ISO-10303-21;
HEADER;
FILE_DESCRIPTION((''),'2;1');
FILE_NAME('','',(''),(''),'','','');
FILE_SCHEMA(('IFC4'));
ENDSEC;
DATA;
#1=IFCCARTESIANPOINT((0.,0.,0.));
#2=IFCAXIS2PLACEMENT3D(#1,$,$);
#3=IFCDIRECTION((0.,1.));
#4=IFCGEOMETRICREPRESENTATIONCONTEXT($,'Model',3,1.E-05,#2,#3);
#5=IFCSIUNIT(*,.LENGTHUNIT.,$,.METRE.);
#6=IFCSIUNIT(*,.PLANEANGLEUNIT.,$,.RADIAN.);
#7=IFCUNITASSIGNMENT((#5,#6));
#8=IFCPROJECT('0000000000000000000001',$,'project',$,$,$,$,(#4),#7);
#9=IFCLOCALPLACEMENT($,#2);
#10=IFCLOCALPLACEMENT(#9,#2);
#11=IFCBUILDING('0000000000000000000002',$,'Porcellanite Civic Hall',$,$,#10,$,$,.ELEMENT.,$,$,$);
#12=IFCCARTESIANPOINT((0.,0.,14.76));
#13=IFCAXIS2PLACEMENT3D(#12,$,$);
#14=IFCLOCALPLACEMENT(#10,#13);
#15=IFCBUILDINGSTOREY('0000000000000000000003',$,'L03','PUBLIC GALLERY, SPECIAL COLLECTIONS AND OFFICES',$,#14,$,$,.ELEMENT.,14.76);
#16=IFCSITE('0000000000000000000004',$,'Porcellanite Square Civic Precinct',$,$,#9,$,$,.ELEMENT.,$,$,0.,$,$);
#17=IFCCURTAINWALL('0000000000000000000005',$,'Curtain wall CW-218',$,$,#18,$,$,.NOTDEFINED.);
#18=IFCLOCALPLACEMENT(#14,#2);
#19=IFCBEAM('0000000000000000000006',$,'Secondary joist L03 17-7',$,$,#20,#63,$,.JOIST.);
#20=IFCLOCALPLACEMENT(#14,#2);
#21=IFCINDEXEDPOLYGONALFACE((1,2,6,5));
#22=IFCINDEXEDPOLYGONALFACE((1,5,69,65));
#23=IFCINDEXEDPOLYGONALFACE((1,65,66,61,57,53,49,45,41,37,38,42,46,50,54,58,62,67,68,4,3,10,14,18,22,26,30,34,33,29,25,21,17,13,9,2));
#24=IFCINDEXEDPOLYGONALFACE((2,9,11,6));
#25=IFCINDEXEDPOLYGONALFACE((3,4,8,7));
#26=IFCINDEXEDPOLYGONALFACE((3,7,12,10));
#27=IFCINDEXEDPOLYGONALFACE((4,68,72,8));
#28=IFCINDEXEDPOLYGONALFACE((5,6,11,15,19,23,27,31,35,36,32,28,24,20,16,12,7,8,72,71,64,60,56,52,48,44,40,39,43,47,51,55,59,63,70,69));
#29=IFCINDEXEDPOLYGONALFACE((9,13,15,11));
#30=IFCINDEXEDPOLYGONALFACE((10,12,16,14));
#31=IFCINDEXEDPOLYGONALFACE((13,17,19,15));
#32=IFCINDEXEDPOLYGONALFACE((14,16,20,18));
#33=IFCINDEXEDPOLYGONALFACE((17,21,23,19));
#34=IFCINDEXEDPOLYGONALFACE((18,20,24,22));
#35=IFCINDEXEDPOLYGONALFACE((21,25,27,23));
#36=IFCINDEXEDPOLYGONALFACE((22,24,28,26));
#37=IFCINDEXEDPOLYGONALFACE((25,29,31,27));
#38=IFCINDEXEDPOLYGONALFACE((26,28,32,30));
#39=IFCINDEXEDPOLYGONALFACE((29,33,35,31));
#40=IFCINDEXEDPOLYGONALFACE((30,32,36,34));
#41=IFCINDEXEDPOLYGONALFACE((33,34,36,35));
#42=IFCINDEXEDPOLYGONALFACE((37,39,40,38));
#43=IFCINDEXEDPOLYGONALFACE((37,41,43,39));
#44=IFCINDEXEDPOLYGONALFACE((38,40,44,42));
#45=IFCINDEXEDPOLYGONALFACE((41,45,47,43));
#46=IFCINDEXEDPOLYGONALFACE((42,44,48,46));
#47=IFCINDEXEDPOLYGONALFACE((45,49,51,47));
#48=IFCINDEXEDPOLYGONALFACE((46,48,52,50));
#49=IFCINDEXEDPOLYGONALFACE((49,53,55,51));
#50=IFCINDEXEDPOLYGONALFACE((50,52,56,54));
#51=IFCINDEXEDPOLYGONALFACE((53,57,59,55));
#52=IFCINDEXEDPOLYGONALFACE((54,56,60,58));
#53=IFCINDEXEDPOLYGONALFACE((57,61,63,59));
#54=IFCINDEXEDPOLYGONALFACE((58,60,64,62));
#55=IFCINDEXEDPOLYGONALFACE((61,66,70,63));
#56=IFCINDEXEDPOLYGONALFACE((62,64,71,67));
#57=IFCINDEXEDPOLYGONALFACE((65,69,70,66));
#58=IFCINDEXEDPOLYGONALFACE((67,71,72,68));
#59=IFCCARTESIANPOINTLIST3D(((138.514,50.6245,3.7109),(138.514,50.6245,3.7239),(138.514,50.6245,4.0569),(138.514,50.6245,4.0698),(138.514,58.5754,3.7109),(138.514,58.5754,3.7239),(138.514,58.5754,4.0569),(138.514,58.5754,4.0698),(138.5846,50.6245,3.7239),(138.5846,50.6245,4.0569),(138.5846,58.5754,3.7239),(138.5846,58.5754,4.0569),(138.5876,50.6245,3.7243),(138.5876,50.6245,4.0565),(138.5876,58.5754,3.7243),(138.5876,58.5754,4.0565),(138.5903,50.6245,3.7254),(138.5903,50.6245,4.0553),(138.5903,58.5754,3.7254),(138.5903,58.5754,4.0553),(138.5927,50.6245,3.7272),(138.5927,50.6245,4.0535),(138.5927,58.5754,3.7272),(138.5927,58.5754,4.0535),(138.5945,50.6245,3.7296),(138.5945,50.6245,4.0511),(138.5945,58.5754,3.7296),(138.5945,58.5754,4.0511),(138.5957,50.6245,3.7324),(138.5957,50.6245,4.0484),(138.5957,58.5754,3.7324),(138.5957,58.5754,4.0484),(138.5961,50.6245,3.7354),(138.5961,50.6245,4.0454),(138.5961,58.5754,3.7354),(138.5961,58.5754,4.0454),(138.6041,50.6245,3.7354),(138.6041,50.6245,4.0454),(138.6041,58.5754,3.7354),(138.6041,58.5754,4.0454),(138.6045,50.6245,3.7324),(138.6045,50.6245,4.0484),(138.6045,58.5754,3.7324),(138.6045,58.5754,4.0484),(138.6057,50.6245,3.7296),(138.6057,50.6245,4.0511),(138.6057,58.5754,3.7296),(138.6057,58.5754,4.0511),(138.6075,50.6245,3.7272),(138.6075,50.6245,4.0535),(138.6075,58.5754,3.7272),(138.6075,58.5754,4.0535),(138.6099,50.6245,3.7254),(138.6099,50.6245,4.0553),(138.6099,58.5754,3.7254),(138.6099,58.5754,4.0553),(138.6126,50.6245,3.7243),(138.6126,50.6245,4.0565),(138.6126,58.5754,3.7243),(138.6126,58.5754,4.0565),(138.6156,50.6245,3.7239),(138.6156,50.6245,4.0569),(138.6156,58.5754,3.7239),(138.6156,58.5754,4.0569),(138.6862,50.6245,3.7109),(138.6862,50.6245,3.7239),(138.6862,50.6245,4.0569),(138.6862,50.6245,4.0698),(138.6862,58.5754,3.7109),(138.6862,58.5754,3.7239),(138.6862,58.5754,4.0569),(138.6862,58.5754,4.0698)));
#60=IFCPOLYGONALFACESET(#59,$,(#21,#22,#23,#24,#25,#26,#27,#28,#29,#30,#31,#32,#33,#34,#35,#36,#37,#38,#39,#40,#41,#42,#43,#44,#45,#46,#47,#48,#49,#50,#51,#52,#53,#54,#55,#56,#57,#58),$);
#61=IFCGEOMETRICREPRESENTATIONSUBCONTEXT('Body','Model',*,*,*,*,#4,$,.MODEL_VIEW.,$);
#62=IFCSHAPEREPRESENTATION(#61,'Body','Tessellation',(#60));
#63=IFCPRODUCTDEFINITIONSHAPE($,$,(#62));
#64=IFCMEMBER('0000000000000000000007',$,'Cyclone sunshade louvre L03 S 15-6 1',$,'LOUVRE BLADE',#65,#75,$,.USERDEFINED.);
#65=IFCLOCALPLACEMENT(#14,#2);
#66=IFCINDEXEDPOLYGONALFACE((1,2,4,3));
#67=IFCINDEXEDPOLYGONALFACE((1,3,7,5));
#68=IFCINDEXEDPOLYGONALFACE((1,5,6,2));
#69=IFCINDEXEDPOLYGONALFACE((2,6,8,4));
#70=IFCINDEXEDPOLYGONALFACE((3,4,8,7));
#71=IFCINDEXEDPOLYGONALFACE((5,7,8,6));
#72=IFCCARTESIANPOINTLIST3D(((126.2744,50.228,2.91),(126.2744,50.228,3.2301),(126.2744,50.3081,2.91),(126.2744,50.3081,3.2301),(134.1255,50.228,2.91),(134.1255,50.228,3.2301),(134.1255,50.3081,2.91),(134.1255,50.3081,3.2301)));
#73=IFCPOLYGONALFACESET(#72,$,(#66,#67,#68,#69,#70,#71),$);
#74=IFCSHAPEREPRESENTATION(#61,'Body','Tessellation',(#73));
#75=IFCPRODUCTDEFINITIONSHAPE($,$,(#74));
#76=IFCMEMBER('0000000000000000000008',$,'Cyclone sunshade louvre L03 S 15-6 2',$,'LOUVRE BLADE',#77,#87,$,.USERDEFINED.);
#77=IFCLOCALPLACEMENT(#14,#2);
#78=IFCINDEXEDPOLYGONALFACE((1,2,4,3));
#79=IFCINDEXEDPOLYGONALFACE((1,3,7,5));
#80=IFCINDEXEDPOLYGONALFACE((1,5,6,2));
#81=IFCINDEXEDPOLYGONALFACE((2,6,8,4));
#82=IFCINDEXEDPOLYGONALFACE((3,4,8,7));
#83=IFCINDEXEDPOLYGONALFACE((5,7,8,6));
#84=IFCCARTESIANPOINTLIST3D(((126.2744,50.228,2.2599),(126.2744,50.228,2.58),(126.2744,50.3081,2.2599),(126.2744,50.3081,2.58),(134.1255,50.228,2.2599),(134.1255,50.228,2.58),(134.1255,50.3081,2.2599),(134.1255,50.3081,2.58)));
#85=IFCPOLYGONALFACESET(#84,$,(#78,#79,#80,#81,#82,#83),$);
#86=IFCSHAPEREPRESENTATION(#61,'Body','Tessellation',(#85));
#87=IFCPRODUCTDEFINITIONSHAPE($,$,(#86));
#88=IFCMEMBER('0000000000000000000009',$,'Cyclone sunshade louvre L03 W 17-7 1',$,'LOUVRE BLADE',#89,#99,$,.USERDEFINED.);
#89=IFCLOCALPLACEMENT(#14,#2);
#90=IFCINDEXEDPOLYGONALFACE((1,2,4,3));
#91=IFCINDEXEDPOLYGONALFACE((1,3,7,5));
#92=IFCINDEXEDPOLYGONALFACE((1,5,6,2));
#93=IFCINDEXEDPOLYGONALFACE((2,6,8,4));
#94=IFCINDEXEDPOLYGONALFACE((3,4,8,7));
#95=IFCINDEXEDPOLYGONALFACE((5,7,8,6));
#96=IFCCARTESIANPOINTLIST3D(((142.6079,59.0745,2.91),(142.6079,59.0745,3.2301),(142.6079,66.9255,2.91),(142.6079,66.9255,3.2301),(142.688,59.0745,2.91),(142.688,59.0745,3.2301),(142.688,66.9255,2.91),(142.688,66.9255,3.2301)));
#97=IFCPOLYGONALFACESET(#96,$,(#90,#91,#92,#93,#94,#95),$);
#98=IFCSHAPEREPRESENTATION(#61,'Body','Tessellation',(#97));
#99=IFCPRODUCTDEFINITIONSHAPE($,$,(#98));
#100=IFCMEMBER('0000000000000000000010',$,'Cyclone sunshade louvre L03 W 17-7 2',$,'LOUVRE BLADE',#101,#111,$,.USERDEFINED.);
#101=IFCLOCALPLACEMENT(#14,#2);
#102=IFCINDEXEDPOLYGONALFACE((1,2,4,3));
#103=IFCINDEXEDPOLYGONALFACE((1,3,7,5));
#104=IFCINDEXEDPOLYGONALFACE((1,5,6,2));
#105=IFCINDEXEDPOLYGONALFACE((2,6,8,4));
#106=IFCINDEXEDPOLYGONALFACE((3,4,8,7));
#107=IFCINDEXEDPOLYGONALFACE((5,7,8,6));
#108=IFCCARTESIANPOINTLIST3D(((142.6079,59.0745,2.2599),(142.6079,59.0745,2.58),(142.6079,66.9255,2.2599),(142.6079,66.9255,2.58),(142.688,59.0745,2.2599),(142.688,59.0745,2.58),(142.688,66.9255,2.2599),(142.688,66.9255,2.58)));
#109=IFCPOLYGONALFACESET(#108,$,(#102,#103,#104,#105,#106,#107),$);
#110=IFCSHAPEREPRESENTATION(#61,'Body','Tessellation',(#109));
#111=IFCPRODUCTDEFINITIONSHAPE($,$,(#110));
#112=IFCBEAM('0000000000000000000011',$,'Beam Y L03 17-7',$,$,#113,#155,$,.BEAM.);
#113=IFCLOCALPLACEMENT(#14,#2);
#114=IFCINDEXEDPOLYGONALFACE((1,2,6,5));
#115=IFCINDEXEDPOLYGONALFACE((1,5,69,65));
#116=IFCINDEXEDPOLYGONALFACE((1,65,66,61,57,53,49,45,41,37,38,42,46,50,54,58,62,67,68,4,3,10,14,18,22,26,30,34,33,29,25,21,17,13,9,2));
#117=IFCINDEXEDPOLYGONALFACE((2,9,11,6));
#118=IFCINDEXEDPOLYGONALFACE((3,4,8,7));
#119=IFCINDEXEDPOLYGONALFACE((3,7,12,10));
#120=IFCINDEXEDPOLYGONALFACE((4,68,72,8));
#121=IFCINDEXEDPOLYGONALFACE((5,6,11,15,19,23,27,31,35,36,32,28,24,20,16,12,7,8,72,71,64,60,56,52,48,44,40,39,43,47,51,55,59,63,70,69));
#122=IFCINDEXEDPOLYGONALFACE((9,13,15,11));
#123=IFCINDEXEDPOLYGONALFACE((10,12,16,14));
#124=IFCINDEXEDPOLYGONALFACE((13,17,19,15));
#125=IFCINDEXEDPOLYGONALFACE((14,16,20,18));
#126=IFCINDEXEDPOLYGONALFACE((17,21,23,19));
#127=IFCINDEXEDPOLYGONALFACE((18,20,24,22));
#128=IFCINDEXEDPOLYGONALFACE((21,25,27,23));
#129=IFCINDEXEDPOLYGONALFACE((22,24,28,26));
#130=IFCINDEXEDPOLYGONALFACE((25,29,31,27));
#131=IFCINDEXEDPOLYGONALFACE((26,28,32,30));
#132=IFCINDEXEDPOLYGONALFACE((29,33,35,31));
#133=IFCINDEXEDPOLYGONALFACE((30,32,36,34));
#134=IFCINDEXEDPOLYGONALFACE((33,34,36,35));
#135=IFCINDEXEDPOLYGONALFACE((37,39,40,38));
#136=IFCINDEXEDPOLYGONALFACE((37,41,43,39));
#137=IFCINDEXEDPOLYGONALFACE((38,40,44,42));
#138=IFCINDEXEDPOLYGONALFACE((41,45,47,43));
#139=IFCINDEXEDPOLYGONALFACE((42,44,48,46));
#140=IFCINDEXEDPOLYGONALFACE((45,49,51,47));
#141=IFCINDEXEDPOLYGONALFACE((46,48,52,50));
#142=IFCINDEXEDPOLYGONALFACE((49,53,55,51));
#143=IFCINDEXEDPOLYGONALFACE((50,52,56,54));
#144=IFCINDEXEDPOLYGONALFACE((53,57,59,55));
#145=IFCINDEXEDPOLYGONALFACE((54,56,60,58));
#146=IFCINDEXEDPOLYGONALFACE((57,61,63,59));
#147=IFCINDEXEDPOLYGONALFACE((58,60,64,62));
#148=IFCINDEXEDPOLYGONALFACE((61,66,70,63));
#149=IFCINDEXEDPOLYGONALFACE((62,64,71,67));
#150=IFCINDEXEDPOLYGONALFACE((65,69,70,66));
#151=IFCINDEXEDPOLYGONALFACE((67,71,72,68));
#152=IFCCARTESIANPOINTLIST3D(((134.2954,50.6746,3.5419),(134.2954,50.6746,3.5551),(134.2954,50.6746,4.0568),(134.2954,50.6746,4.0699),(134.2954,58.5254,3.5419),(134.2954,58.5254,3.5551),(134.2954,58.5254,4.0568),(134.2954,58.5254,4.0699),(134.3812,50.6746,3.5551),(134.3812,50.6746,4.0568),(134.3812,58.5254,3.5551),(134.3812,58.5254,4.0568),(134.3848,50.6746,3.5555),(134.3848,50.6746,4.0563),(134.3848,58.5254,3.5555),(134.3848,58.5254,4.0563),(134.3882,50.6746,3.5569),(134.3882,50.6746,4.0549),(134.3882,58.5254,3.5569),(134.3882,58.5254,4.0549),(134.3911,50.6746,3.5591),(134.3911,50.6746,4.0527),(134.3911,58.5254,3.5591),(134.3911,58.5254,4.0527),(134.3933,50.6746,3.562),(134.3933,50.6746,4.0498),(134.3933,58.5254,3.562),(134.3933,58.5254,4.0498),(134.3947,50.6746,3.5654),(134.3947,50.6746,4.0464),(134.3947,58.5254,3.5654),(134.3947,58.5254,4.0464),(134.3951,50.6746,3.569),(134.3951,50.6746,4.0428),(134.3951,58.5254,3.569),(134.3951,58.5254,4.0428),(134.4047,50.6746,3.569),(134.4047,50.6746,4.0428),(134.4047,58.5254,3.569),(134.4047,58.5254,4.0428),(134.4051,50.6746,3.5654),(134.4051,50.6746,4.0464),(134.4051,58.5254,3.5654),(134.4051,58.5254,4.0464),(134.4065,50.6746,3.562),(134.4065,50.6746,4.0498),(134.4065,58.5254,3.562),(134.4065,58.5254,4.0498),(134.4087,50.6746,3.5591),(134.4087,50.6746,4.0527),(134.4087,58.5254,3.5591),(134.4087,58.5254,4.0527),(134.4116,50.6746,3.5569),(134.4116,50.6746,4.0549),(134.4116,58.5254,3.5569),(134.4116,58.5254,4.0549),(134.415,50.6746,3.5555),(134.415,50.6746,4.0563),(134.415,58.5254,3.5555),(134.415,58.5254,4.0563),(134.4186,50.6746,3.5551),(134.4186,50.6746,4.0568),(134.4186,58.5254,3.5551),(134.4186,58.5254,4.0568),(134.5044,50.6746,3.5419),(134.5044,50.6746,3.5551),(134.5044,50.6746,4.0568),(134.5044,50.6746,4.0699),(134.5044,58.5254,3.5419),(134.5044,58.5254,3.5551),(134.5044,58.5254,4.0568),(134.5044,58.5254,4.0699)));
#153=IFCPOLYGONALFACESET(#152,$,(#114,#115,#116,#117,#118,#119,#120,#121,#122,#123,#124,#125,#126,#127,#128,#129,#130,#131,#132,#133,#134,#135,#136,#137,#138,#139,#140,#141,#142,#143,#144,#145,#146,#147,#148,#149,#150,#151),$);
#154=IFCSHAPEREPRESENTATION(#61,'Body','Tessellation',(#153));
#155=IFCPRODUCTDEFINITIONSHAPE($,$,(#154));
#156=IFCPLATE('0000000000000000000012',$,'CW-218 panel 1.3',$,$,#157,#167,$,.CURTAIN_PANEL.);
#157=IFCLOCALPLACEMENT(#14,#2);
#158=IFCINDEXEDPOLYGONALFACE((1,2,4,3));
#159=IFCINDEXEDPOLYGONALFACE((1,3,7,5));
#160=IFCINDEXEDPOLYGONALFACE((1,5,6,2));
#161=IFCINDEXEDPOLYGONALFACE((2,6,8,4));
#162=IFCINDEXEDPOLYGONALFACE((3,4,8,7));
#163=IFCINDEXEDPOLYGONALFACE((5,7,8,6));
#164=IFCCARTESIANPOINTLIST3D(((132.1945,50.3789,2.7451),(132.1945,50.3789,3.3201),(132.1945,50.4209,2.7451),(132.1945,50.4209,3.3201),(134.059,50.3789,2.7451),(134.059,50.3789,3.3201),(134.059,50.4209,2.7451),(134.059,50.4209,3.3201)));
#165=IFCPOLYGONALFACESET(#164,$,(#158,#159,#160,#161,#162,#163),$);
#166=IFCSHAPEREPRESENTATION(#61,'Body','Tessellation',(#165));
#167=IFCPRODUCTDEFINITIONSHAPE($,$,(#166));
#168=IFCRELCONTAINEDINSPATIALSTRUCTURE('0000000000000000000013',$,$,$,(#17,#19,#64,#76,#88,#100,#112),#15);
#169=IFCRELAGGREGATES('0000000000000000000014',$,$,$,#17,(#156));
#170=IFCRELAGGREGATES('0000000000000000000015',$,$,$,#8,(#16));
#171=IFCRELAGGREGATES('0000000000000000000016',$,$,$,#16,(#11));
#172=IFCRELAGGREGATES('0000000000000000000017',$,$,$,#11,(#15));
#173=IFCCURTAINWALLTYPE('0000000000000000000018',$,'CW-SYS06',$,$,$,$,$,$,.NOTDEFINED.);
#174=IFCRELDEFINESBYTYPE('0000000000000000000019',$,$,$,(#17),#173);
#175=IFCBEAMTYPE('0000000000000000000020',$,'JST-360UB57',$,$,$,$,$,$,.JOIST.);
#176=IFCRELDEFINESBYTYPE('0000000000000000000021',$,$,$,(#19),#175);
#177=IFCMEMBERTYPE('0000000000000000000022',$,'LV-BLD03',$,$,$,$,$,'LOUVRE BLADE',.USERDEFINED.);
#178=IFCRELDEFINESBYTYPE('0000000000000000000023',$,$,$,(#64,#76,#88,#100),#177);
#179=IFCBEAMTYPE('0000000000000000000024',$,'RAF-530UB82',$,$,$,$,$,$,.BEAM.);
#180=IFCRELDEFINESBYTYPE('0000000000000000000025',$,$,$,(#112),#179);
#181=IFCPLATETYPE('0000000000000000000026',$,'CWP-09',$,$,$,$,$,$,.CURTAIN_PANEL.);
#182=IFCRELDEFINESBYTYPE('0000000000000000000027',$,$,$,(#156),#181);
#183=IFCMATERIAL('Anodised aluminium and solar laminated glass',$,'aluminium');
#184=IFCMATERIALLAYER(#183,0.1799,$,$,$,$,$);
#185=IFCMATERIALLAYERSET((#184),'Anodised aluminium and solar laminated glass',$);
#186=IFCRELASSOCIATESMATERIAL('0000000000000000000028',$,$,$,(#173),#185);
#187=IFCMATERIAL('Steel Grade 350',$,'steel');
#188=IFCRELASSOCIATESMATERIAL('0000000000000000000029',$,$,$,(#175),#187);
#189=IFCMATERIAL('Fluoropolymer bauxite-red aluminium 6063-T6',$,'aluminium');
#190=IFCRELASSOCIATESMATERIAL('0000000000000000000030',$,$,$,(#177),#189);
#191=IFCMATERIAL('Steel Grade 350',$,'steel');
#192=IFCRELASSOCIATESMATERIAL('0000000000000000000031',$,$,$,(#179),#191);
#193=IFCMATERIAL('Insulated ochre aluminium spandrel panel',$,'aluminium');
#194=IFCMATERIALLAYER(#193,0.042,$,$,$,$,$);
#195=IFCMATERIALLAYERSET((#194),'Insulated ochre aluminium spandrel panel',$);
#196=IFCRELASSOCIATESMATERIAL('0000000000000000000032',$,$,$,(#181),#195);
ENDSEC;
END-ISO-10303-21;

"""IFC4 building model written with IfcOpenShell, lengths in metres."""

from ifc_helpers import new_model, si_unit, direction, frame, origin, origin_2d, place, context, subcontext, project, spatial, rectangle, i_section, extrude, material, layer, layer_set, material_profile, profile_set, type_object, element, aggregate, save


model = new_model("IFC4")

# Units and contexts
model_context = context("Model", 3, precision=1e-05, world=origin(), true_north=direction((0.0, 1.0)))
body_context = subcontext(model_context, "Body", "Model", "MODEL_VIEW")
ifc_project = project(units=[si_unit("LENGTHUNIT", "METRE"), si_unit("PLANEANGLEUNIT", "RADIAN")], contexts=[model_context])

# Site, building, storey
site_placement = place(None, origin())
site = spatial("IfcSite", under=ifc_project, at=site_placement, Name="Porcellanite Square Civic Precinct", CompositionType="ELEMENT", RefElevation=0.0)
building_placement = place(site_placement, origin())
building = spatial("IfcBuilding", under=site, at=building_placement, Name="Porcellanite Civic Hall", CompositionType="ELEMENT")
storey_placement = place(building_placement, frame((0.0, 0.0, 14.76)))
storey = spatial("IfcBuildingStorey", under=building, at=storey_placement, Name="L03", Description="PUBLIC GALLERY, SPECIAL COLLECTIONS AND OFFICES", CompositionType="ELEMENT", Elevation=14.76)

# Curtain wall
ifc_material_1 = material(Name="Anodised aluminium and solar laminated glass", Category="aluminium")
ifc_layer_1 = layer(ifc_material_1, 0.1799)
ifc_layer_set_1 = layer_set([ifc_layer_1], Name="Anodised aluminium and solar laminated glass")
curtain_wall_type_1 = type_object("IfcCurtainWallType", Name="CW-SYS06", PredefinedType="NOTDEFINED", material=ifc_layer_set_1)
curtain_wall_1_placement = place(storey_placement, origin())
curtain_wall_1 = element("IfcCurtainWall", 1, at=curtain_wall_1_placement, inside=storey, type_object=curtain_wall_type_1, Name="Curtain wall CW-218", PredefinedType="NOTDEFINED")

# Beam
ifc_material_2 = material(Name="Steel Grade 350", Category="steel")
ifc_material_profile_1 = material_profile(ifc_material_2, i_section(OverallWidth=0.1721, OverallDepth=0.3589, WebThickness=0.0081, FlangeThickness=0.0129, FilletRadius=0.0115, at=origin_2d()), Name="360UB56.7")
ifc_profile_set_1 = profile_set([ifc_material_profile_1], Name="Steel Grade 350")
beam_type_1 = type_object("IfcBeamType", Name="JST-360UB57", PredefinedType="JOIST", material=ifc_profile_set_1)
beam_1_placement = place(storey_placement, frame((138.6001, 50.6245, 3.8904), z_axis=(0.0, 1.0, 0.0), x_axis=(-1.0, 0.0, 0.0)))
element("IfcBeam", 2, at=beam_1_placement, inside=storey, type_object=beam_type_1, Name="Secondary joist L03 17-7", PredefinedType="JOIST", context=body_context, shape_type="SweptSolid", body=[
    extrude(i_section(OverallWidth=0.1721, OverallDepth=0.3589, WebThickness=0.0081, FlangeThickness=0.0129, FilletRadius=0.0115, at=origin_2d()), origin(), (0.0, 0.0, 1.0), 7.9509),
])

# Members
ifc_material_3 = material(Name="Fluoropolymer bauxite-red aluminium 6063-T6", Category="aluminium")
ifc_material_profile_2 = material_profile(ifc_material_3, rectangle(XDim=0.0801, YDim=0.3201, at=origin_2d()), Name="AL-80x320")
ifc_profile_set_2 = profile_set([ifc_material_profile_2], Name="Fluoropolymer bauxite-red aluminium 6063-T6")
member_type_1 = type_object("IfcMemberType", Name="LV-BLD03", ElementType="LOUVRE BLADE", PredefinedType="USERDEFINED", material=ifc_profile_set_2)
for number, where, z_axis, x_axis, name in (
    (3, (134.1255, 50.2681, 3.0701), (-1.0, 0.0, 0.0), (0.0, -1.0, 0.0), "Cyclone sunshade louvre L03 S 15-6 1"),
    (4, (134.1255, 50.2681, 2.4199), (-1.0, 0.0, 0.0), (0.0, -1.0, 0.0), "Cyclone sunshade louvre L03 S 15-6 2"),
    (5, (142.6479, 59.0745, 3.0701), (0.0, 1.0, 0.0), (-1.0, 0.0, 0.0), "Cyclone sunshade louvre L03 W 17-7 1"),
    (6, (142.6479, 59.0745, 2.4199), (0.0, 1.0, 0.0), (-1.0, 0.0, 0.0), "Cyclone sunshade louvre L03 W 17-7 2"),
):
    element("IfcMember", number, at=place(storey_placement, frame(where, z_axis=z_axis, x_axis=x_axis)), inside=storey, type_object=member_type_1, Name=name, ObjectType="LOUVRE BLADE", PredefinedType="USERDEFINED", context=body_context, shape_type="SweptSolid", body=[
        extrude(rectangle(XDim=0.0801, YDim=0.3201, at=origin_2d()), origin(), (0.0, 0.0, 1.0), 7.8511),
    ])

# Beam
ifc_material_4 = material(Name="Steel Grade 350", Category="steel")
ifc_material_profile_3 = material_profile(ifc_material_4, i_section(OverallWidth=0.209, OverallDepth=0.5281, WebThickness=0.0095, FlangeThickness=0.0132, FilletRadius=0.0139, at=origin_2d()), Name="530UB82.0")
ifc_profile_set_3 = profile_set([ifc_material_profile_3], Name="Steel Grade 350")
beam_type_2 = type_object("IfcBeamType", Name="RAF-530UB82", PredefinedType="BEAM", material=ifc_profile_set_3)
beam_2_placement = place(storey_placement, frame((134.3999, 50.6746, 3.8059), z_axis=(0.0, 1.0, 0.0), x_axis=(-1.0, 0.0, 0.0)))
element("IfcBeam", 7, at=beam_2_placement, inside=storey, type_object=beam_type_2, Name="Beam Y L03 17-7", PredefinedType="BEAM", context=body_context, shape_type="SweptSolid", body=[
    extrude(i_section(OverallWidth=0.209, OverallDepth=0.5281, WebThickness=0.0095, FlangeThickness=0.0132, FilletRadius=0.0139, at=origin_2d()), origin(), (0.0, 0.0, 1.0), 7.8508),
])

# Plate
ifc_material_5 = material(Name="Insulated ochre aluminium spandrel panel", Category="aluminium")
ifc_layer_2 = layer(ifc_material_5, 0.042)
ifc_layer_set_2 = layer_set([ifc_layer_2], Name="Insulated ochre aluminium spandrel panel")
plate_type = type_object("IfcPlateType", Name="CWP-09", PredefinedType="CURTAIN_PANEL", material=ifc_layer_set_2)
plate_placement = place(storey_placement, frame((133.1267, 50.3999, 2.7451), z_axis=(0.0, 0.0, 1.0), x_axis=(-1.0, 0.0, 0.0)))
plate = element("IfcPlate", 8, at=plate_placement, type_object=plate_type, Name="CW-218 panel 1.3", PredefinedType="CURTAIN_PANEL", context=body_context, shape_type="SweptSolid", body=[
    extrude(rectangle(XDim=1.8645, YDim=0.042, at=origin_2d()), origin(), (0.0, 0.0, 1.0), 0.575),
])
aggregate(curtain_wall_1, [plate])

save(model, "model.ifc")
